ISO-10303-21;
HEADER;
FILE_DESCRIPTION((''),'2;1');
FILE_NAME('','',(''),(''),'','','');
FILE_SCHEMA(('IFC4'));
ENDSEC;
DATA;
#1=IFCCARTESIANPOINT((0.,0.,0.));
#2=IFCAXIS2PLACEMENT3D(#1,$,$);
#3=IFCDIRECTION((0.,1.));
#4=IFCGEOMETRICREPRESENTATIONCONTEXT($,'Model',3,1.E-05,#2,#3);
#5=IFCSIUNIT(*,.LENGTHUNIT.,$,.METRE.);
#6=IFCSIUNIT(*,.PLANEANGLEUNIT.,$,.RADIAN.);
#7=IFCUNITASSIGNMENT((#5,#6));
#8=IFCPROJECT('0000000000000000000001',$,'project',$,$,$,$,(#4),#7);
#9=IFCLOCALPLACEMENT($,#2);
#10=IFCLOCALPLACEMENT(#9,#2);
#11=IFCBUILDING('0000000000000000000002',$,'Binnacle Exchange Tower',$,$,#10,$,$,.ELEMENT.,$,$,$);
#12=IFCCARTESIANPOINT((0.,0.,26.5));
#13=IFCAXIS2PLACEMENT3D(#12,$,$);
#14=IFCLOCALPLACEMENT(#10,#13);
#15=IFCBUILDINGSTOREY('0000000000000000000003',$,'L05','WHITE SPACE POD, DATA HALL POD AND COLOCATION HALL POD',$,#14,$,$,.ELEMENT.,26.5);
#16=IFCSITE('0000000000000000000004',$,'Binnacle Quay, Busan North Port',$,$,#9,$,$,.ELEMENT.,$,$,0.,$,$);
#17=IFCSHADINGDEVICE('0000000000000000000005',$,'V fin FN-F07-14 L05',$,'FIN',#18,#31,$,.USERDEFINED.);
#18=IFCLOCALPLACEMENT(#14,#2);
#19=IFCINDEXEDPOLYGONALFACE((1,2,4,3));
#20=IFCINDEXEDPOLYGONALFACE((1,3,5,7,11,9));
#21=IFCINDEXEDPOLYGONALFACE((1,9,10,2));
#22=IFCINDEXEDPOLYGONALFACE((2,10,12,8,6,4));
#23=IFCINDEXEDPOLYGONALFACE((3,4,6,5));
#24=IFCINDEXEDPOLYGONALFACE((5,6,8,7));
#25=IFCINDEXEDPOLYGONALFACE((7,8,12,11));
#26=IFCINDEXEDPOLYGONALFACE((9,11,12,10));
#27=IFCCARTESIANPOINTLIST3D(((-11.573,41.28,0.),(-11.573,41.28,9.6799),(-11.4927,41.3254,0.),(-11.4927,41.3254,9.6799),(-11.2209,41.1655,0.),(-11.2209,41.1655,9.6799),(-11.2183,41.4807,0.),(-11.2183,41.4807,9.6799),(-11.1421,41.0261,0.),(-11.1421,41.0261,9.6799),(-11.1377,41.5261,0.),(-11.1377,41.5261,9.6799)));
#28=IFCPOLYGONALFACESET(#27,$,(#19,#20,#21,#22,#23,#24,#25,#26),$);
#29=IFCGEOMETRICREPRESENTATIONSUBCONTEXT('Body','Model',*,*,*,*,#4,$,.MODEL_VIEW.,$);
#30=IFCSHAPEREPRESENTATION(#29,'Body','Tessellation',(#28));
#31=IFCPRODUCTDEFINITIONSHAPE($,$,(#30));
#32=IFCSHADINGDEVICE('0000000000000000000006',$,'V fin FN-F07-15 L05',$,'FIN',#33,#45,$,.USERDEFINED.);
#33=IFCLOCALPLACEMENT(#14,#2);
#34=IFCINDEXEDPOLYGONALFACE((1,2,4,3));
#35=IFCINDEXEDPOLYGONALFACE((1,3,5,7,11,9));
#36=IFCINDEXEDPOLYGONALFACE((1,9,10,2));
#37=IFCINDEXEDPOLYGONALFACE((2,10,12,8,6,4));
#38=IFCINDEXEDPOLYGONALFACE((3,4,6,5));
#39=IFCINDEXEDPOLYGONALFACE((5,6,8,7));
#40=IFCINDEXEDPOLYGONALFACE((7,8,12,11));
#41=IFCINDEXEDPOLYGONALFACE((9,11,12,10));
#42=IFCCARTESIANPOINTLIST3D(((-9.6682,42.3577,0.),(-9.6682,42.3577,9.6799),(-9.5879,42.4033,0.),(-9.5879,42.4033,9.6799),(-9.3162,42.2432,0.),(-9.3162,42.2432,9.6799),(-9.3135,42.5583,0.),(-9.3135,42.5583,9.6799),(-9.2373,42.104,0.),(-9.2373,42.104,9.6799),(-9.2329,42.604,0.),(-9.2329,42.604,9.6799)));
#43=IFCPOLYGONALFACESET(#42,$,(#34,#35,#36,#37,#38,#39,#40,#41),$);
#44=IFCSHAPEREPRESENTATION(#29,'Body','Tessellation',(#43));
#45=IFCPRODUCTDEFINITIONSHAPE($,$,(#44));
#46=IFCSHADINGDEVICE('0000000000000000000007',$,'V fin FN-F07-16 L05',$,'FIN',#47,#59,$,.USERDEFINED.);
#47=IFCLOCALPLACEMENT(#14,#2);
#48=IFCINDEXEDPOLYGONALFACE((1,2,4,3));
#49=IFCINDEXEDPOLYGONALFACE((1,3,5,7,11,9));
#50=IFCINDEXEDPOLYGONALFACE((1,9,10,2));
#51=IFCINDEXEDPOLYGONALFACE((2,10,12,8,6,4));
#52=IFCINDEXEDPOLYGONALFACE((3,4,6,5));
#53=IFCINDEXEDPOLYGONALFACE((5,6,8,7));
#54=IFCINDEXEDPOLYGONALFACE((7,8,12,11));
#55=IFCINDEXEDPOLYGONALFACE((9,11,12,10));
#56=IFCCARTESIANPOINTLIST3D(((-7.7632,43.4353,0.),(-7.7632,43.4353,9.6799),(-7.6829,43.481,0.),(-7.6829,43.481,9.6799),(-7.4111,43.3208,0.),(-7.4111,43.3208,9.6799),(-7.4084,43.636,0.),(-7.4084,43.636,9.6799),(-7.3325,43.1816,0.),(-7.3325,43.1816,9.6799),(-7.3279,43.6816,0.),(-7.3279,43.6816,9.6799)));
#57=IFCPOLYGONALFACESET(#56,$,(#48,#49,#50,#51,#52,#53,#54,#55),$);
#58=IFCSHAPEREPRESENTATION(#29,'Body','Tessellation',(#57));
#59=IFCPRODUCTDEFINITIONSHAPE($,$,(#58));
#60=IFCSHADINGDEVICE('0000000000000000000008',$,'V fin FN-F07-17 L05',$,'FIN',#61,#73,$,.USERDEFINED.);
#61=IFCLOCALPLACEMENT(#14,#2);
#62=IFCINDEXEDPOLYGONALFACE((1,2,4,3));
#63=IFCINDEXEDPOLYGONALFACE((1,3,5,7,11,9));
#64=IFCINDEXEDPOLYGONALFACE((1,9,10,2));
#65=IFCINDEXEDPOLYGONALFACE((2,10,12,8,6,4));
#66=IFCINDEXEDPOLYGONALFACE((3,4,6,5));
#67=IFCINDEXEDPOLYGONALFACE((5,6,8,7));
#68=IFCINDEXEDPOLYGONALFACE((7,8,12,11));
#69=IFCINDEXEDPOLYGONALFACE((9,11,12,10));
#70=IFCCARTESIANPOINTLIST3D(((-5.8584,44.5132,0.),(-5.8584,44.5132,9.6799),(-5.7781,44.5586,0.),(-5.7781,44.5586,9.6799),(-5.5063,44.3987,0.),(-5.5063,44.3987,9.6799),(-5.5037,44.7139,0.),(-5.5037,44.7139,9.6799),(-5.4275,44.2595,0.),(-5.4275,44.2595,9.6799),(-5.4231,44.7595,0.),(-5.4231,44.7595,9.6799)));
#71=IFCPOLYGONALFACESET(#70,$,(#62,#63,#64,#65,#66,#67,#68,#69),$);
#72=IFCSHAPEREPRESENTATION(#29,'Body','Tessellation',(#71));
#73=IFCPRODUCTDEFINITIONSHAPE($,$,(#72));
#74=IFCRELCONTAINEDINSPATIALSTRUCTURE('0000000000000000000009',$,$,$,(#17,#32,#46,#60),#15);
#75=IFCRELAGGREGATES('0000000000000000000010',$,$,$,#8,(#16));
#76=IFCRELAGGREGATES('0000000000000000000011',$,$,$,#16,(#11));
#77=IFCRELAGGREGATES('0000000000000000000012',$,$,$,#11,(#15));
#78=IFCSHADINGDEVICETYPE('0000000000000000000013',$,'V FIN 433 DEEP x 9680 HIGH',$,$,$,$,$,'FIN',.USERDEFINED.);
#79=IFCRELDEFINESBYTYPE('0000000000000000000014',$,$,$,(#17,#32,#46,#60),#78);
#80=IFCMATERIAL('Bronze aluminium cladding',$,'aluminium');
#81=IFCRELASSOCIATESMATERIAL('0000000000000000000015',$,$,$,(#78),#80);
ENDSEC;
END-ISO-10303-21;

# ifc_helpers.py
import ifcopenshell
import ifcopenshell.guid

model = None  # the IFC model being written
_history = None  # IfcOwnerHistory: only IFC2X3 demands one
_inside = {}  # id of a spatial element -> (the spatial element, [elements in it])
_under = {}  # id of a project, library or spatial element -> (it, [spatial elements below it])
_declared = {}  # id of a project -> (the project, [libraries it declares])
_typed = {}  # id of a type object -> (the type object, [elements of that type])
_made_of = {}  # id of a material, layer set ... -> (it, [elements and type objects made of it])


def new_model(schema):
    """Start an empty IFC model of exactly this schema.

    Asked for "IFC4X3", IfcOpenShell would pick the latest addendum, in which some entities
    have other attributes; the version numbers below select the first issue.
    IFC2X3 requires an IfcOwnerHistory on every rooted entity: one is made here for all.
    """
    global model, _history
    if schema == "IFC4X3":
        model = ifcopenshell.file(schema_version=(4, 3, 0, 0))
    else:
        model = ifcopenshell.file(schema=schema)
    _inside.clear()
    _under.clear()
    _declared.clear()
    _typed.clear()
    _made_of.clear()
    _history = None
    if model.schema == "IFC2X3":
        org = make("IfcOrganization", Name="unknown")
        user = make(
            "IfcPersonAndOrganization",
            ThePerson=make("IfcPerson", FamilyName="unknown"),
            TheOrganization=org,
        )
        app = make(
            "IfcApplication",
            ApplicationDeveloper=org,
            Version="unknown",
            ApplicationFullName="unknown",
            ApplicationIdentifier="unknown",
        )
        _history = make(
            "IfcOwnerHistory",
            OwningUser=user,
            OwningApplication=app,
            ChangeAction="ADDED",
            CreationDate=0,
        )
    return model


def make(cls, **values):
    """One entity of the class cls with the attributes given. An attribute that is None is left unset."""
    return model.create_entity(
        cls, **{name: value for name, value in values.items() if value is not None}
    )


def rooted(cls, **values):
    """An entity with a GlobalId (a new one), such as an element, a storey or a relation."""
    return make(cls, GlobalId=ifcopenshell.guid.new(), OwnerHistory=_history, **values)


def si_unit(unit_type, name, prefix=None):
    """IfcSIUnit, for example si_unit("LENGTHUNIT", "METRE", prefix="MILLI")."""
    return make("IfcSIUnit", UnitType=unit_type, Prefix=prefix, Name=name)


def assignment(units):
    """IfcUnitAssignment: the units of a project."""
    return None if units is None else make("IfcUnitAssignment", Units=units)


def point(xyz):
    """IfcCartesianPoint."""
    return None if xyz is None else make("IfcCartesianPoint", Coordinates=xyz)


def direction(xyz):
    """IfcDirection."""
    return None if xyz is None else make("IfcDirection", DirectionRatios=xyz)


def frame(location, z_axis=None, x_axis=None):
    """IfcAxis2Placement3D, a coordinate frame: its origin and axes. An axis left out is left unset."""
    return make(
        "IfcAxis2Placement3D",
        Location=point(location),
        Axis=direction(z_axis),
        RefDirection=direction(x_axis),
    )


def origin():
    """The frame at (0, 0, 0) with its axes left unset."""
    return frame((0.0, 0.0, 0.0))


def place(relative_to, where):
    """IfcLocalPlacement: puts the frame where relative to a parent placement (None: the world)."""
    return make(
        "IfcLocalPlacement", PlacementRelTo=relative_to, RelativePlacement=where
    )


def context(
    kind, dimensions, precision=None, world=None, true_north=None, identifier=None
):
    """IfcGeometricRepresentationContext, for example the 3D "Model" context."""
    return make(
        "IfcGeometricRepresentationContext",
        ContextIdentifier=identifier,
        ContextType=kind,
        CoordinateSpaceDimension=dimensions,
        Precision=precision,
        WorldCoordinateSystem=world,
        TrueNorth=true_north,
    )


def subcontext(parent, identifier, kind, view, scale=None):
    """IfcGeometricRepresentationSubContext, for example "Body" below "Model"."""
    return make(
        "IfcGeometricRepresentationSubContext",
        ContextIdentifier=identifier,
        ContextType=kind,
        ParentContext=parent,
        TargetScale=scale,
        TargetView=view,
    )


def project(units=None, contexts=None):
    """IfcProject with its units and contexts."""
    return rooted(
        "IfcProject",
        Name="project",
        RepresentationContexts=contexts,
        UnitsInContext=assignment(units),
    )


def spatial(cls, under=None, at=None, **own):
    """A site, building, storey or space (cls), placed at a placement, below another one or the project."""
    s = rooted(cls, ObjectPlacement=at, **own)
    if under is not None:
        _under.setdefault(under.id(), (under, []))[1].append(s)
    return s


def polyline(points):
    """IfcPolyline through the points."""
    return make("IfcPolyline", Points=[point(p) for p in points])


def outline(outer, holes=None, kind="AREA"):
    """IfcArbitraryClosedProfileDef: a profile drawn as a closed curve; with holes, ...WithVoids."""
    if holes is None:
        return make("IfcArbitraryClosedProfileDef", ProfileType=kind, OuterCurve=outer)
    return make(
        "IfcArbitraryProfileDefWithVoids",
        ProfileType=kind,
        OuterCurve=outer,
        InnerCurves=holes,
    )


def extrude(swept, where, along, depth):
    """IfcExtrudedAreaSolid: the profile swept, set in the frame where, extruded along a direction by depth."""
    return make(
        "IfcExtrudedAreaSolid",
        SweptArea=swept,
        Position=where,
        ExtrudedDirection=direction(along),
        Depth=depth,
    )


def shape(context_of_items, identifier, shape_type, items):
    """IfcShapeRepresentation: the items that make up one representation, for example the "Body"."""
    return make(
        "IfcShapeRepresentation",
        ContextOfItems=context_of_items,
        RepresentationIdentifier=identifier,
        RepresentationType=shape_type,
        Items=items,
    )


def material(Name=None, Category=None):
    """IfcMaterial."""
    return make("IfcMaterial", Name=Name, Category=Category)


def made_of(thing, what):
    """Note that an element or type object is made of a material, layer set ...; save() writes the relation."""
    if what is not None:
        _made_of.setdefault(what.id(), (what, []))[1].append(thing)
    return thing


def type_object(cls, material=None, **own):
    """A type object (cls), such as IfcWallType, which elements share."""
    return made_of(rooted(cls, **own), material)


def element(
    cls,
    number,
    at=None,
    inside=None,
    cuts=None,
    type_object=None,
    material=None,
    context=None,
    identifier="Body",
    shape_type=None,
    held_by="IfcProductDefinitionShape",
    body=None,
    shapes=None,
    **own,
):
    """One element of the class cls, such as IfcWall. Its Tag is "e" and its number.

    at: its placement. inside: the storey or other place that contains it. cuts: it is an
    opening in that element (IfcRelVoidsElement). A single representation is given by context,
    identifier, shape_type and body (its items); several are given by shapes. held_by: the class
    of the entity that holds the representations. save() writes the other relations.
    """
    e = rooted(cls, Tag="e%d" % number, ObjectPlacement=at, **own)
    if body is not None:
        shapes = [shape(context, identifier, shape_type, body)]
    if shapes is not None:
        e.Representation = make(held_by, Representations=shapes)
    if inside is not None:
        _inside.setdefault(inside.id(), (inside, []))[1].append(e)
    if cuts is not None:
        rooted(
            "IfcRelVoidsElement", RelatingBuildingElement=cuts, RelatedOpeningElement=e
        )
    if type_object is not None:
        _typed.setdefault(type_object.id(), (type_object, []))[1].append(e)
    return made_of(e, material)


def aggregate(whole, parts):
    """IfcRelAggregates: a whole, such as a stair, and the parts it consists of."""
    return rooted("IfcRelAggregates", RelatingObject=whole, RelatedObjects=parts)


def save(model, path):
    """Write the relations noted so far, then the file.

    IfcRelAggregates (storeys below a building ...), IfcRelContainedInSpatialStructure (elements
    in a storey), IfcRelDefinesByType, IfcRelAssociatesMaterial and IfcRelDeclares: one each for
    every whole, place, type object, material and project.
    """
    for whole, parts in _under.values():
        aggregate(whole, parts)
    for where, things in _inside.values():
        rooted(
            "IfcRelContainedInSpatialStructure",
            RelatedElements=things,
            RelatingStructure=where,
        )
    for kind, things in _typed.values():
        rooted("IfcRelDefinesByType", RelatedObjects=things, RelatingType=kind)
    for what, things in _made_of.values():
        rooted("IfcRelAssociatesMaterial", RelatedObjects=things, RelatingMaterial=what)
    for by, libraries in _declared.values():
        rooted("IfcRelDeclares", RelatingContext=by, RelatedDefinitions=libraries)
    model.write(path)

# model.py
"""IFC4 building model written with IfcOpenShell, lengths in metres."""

from ifc_helpers import new_model, si_unit, direction, frame, origin, place, context, subcontext, project, spatial, polyline, outline, extrude, material, type_object, element, save


model = new_model("IFC4")

# Units and contexts
model_context = context("Model", 3, precision=1e-05, world=origin(), true_north=direction((0.0, 1.0)))
body_context = subcontext(model_context, "Body", "Model", "MODEL_VIEW")
ifc_project = project(units=[si_unit("LENGTHUNIT", "METRE"), si_unit("PLANEANGLEUNIT", "RADIAN")], contexts=[model_context])

# Site, building, storey
site_placement = place(None, origin())
site = spatial("IfcSite", under=ifc_project, at=site_placement, Name="Binnacle Quay, Busan North Port", CompositionType="ELEMENT", RefElevation=0.0)
building_placement = place(site_placement, origin())
building = spatial("IfcBuilding", under=site, at=building_placement, Name="Binnacle Exchange Tower", CompositionType="ELEMENT")
storey_placement = place(building_placement, frame((0.0, 0.0, 26.5)))
storey = spatial("IfcBuildingStorey", under=building, at=storey_placement, Name="L05", Description="WHITE SPACE POD, DATA HALL POD AND COLOCATION HALL POD", CompositionType="ELEMENT", Elevation=26.5)

# Shading devices
ifc_material = material(Name="Bronze aluminium cladding", Category="aluminium")
shading_device_type = type_object("IfcShadingDeviceType", Name="V FIN 433 DEEP x 9680 HIGH", ElementType="FIN", PredefinedType="USERDEFINED", material=ifc_material)
shading_device_1_placement = place(storey_placement, origin())
element("IfcShadingDevice", 1, at=shading_device_1_placement, inside=storey, type_object=shading_device_type, Name="V fin FN-F07-14 L05", ObjectType="FIN", PredefinedType="USERDEFINED", context=body_context, shape_type="SweptSolid", body=[
    extrude(outline(polyline([(-11.573, 41.28), (-11.1421, 41.0261), (-11.1377, 41.5261), (-11.2183, 41.4807), (-11.2209, 41.1655), (-11.4927, 41.3254), (-11.573, 41.28)])), origin(), (0.0, 0.0, 1.0), 9.6799),
])
shading_device_2_placement = place(storey_placement, origin())
element("IfcShadingDevice", 2, at=shading_device_2_placement, inside=storey, type_object=shading_device_type, Name="V fin FN-F07-15 L05", ObjectType="FIN", PredefinedType="USERDEFINED", context=body_context, shape_type="SweptSolid", body=[
    extrude(outline(polyline([(-9.6682, 42.3577), (-9.2373, 42.104), (-9.2329, 42.604), (-9.3135, 42.5583), (-9.3162, 42.2432), (-9.5879, 42.4033), (-9.6682, 42.3577)])), origin(), (0.0, 0.0, 1.0), 9.6799),
])
shading_device_3_placement = place(storey_placement, origin())
element("IfcShadingDevice", 3, at=shading_device_3_placement, inside=storey, type_object=shading_device_type, Name="V fin FN-F07-16 L05", ObjectType="FIN", PredefinedType="USERDEFINED", context=body_context, shape_type="SweptSolid", body=[
    extrude(outline(polyline([(-7.7632, 43.4353), (-7.3325, 43.1816), (-7.3279, 43.6816), (-7.4084, 43.636), (-7.4111, 43.3208), (-7.6829, 43.481), (-7.7632, 43.4353)])), origin(), (0.0, 0.0, 1.0), 9.6799),
])
shading_device_4_placement = place(storey_placement, origin())
element("IfcShadingDevice", 4, at=shading_device_4_placement, inside=storey, type_object=shading_device_type, Name="V fin FN-F07-17 L05", ObjectType="FIN", PredefinedType="USERDEFINED", context=body_context, shape_type="SweptSolid", body=[
    extrude(outline(polyline([(-5.8584, 44.5132), (-5.4275, 44.2595), (-5.4231, 44.7595), (-5.5037, 44.7139), (-5.5063, 44.3987), (-5.7781, 44.5586), (-5.8584, 44.5132)])), origin(), (0.0, 0.0, 1.0), 9.6799),
])

save(model, "model.ifc")
